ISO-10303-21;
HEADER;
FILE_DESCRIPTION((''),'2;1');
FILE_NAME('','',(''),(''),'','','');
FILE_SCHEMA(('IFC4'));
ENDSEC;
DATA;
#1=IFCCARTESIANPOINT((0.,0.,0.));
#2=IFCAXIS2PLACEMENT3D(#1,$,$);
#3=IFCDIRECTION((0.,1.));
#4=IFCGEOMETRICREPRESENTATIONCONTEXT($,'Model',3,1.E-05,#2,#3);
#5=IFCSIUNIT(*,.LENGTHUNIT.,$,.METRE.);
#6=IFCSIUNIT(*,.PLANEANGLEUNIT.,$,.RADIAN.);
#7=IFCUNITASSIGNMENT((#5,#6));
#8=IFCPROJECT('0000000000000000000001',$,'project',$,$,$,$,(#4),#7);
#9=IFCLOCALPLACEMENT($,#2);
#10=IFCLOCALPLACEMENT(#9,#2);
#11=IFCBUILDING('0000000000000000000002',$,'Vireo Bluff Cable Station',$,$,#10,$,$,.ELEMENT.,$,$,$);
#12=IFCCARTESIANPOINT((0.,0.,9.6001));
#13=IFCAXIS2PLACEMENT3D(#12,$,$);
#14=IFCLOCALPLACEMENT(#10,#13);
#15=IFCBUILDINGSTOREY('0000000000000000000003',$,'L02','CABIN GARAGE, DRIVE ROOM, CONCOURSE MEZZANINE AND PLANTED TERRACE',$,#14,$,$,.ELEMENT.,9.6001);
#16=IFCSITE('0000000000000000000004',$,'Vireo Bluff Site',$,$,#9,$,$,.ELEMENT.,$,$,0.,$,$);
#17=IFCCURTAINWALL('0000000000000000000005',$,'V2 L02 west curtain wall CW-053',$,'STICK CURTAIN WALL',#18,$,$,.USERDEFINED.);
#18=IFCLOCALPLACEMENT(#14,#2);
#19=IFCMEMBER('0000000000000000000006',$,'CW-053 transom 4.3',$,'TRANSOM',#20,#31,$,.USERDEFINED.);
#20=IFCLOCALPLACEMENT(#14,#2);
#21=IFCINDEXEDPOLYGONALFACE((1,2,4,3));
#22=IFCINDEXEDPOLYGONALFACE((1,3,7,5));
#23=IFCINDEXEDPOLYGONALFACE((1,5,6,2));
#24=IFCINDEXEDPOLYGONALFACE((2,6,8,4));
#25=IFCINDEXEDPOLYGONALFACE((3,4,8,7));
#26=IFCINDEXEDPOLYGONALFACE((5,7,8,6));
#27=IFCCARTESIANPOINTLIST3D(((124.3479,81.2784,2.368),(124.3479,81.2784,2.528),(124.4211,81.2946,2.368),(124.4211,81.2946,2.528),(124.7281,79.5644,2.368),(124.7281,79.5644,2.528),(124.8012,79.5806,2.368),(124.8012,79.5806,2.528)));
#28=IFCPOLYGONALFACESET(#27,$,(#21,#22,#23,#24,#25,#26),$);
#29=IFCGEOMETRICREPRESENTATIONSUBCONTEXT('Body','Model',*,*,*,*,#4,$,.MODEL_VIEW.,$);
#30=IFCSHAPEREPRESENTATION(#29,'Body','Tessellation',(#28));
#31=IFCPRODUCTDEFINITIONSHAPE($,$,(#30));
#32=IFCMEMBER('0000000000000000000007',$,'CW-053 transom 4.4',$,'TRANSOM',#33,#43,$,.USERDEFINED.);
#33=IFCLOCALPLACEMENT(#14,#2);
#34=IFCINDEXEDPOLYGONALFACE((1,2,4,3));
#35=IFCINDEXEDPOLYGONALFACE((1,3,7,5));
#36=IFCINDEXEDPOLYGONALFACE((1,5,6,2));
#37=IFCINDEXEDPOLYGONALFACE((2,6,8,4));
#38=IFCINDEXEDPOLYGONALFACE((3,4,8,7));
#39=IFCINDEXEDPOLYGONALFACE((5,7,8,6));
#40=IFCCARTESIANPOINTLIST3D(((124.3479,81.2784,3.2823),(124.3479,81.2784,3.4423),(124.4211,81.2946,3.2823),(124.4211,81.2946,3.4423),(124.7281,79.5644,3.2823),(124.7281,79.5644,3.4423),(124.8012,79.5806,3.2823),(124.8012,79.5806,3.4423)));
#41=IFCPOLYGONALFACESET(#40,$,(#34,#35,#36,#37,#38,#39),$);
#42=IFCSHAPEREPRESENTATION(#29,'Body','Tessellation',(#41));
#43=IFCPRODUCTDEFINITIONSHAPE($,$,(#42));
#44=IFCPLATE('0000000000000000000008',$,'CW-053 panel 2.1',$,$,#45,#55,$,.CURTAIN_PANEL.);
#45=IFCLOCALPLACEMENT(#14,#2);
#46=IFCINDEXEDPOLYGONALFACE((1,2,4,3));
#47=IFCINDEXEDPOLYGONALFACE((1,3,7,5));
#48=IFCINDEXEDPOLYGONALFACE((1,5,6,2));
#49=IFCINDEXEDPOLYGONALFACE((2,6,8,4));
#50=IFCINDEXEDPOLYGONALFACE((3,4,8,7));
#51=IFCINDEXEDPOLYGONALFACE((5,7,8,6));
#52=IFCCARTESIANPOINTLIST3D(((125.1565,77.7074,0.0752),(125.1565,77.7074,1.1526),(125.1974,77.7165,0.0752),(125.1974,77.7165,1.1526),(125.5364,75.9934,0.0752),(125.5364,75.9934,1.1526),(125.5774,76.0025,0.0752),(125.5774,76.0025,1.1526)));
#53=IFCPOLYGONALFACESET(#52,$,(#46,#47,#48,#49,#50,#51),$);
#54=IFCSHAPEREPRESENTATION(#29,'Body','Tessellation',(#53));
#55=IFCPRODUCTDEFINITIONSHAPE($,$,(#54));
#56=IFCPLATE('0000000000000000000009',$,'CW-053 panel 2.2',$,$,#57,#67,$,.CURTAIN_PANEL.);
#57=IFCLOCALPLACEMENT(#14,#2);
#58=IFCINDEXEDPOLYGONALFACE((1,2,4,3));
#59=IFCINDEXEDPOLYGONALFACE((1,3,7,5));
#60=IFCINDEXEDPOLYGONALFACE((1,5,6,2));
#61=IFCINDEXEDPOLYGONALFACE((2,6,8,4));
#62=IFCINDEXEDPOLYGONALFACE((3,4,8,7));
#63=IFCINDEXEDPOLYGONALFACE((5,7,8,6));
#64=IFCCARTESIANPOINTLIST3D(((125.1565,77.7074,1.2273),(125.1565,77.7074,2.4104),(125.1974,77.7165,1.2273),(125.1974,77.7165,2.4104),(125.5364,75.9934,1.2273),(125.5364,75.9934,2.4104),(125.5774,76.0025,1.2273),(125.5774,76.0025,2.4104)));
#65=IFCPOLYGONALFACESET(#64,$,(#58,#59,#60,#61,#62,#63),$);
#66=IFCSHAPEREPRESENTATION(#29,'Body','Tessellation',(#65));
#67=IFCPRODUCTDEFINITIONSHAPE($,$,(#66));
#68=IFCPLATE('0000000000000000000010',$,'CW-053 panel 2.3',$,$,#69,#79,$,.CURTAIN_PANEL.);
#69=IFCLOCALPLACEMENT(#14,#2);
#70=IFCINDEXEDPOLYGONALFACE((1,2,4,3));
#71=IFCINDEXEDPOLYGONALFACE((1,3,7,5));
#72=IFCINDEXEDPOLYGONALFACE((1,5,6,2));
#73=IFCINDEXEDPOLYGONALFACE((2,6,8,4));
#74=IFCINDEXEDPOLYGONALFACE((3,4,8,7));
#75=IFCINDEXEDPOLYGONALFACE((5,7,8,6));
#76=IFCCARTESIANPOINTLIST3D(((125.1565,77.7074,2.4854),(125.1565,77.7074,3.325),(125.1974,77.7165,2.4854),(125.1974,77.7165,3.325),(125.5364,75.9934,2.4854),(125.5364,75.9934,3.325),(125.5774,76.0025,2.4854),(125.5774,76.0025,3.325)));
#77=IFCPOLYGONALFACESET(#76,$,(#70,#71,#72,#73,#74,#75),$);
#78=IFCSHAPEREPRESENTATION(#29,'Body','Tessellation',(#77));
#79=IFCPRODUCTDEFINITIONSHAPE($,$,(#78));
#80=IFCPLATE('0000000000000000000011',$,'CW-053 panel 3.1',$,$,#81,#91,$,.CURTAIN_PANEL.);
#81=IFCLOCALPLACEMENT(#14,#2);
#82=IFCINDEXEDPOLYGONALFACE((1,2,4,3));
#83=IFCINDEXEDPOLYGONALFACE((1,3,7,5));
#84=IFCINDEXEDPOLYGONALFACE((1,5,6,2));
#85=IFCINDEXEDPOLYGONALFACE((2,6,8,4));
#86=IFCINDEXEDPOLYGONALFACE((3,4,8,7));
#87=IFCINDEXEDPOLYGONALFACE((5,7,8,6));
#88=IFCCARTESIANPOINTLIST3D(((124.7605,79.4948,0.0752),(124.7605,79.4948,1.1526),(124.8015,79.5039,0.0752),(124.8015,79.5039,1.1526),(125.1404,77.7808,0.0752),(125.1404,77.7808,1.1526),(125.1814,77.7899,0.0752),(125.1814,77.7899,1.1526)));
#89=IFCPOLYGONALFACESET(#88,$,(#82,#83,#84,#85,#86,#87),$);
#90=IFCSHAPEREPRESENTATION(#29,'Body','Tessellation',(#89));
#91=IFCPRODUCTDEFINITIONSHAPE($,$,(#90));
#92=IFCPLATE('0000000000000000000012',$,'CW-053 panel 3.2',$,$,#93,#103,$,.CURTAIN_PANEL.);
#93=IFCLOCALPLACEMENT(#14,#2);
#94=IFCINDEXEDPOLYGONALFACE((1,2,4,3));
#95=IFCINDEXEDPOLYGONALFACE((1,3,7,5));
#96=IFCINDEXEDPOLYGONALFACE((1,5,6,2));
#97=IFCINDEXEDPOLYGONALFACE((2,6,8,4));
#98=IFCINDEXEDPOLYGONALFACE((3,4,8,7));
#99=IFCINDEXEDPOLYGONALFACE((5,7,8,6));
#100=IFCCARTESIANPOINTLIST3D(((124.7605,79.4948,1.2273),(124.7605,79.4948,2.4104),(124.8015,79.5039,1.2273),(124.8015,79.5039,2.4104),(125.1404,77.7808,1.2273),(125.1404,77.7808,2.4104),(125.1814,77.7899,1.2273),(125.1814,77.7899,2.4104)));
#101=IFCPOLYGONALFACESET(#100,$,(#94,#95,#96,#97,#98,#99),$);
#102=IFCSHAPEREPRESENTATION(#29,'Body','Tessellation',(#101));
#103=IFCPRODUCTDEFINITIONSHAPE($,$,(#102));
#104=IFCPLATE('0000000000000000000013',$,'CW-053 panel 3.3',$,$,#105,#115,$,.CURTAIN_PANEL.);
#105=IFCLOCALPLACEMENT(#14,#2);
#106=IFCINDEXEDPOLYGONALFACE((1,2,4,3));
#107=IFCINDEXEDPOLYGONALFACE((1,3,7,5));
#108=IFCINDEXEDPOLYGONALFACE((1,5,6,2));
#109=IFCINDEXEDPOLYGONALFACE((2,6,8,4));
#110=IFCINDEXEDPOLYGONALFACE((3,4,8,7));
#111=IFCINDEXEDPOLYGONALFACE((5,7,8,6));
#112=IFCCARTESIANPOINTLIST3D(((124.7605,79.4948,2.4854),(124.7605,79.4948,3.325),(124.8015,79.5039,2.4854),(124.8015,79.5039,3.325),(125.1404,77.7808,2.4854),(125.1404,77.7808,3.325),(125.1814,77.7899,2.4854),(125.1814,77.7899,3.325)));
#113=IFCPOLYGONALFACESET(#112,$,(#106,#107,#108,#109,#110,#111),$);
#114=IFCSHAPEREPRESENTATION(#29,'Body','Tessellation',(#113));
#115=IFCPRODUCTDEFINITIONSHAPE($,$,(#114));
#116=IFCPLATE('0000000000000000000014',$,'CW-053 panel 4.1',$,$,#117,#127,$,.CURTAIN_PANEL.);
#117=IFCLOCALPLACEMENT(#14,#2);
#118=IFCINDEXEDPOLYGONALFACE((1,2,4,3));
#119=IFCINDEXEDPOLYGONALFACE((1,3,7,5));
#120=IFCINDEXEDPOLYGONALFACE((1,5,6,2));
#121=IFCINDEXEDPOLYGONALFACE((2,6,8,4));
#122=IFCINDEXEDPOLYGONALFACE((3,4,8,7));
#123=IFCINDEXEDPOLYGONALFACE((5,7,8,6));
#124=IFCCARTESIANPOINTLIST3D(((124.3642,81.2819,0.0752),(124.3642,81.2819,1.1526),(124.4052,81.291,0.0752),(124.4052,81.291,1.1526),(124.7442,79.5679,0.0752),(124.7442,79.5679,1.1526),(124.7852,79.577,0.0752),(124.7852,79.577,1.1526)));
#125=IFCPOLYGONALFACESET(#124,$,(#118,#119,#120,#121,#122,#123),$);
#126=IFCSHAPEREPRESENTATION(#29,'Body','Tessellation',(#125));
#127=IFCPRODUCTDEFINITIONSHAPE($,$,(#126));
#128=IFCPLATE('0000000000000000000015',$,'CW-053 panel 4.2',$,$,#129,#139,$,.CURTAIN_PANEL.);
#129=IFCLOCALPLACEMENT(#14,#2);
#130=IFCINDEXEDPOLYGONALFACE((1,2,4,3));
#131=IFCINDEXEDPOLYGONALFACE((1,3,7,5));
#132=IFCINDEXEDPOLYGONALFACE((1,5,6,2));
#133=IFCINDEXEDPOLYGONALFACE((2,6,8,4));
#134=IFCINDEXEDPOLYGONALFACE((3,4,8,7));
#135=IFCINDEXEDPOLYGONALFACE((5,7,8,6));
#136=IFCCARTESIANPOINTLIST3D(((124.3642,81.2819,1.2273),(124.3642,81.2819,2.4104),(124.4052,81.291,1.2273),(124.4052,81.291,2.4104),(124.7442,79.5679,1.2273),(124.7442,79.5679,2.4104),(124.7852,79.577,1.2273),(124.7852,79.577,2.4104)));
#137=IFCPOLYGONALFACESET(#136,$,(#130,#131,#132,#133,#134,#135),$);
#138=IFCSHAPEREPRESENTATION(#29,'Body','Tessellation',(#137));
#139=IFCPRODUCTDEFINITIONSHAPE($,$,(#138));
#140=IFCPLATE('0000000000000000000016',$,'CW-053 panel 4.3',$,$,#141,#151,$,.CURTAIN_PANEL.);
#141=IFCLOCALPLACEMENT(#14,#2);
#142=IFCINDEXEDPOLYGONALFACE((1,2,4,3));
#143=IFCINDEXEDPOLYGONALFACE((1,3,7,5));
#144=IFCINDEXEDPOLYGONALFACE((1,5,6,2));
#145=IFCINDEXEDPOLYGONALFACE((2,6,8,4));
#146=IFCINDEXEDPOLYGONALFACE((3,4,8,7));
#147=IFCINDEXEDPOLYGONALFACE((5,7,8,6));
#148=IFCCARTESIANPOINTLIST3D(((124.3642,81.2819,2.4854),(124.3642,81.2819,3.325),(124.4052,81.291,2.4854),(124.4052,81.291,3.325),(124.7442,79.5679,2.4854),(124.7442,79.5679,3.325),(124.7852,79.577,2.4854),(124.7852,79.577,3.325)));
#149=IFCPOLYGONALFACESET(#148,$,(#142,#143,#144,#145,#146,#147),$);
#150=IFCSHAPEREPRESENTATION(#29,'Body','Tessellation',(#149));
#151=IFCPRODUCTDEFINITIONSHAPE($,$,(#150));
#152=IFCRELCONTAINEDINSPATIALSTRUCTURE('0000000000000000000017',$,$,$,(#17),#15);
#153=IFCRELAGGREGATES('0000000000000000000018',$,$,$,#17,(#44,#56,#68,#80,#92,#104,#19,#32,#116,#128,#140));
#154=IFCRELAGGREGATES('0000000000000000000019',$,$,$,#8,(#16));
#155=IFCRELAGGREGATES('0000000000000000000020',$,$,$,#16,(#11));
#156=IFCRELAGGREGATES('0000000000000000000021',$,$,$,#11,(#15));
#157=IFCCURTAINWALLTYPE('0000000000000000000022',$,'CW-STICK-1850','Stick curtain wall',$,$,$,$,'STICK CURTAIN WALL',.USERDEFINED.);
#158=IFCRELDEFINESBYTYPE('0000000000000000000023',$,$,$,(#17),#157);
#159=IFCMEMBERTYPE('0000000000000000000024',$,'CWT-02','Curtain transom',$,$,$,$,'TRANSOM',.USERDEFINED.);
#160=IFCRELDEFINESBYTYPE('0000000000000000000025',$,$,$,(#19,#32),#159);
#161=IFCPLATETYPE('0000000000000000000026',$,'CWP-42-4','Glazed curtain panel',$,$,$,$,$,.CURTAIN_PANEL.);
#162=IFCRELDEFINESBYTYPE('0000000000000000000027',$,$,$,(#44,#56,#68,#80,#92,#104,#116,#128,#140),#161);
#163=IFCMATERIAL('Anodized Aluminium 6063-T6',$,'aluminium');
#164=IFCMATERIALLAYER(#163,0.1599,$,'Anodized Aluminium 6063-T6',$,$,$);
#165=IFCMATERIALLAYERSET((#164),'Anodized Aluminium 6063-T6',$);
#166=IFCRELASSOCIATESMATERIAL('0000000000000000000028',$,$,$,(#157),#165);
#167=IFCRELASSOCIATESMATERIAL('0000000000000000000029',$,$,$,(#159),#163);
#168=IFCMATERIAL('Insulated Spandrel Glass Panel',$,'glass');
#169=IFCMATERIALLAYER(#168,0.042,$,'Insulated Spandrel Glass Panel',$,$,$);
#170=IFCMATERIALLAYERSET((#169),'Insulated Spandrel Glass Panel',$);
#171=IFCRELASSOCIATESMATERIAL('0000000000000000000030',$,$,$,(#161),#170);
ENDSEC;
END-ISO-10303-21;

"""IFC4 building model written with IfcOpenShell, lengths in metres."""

from ifc_helpers import new_model, si_unit, direction, frame, origin, origin_2d, place, context, subcontext, project, spatial, rectangle, extrude, material, layer, layer_set, material_profile, profile_set, type_object, element, aggregate, save


model = new_model("IFC4")

# Units and contexts
model_context = context("Model", 3, precision=1e-05, world=origin(), true_north=direction((0.0, 1.0)))
body_context = subcontext(model_context, "Body", "Model", "MODEL_VIEW")
ifc_project = project(units=[si_unit("LENGTHUNIT", "METRE"), si_unit("PLANEANGLEUNIT", "RADIAN")], contexts=[model_context])

# Site, building, storey
site_placement = place(None, origin())
site = spatial("IfcSite", under=ifc_project, at=site_placement, Name="Vireo Bluff Site", CompositionType="ELEMENT", RefElevation=0.0)
building_placement = place(site_placement, origin())
building = spatial("IfcBuilding", under=site, at=building_placement, Name="Vireo Bluff Cable Station", CompositionType="ELEMENT")
storey_placement = place(building_placement, frame((0.0, 0.0, 9.6001)))
storey = spatial("IfcBuildingStorey", under=building, at=storey_placement, Name="L02", Description="CABIN GARAGE, DRIVE ROOM, CONCOURSE MEZZANINE AND PLANTED TERRACE", CompositionType="ELEMENT", Elevation=9.6001)

# Curtain wall
ifc_material_1 = material(Name="Anodized Aluminium 6063-T6", Category="aluminium")
ifc_layer_1 = layer(ifc_material_1, 0.1599, Name="Anodized Aluminium 6063-T6")
ifc_layer_set_1 = layer_set([ifc_layer_1], Name="Anodized Aluminium 6063-T6")
curtain_wall_type_1 = type_object("IfcCurtainWallType", Name="CW-STICK-1850", Description="Stick curtain wall", ElementType="STICK CURTAIN WALL", PredefinedType="USERDEFINED", material=ifc_layer_set_1)
curtain_wall_1_placement = place(storey_placement, origin())
curtain_wall_1 = element("IfcCurtainWall", 1, at=curtain_wall_1_placement, inside=storey, type_object=curtain_wall_type_1, Name="V2 L02 west curtain wall CW-053", ObjectType="STICK CURTAIN WALL", PredefinedType="USERDEFINED")

# Members
ifc_material_profile_1 = material_profile(ifc_material_1, rectangle(XDim=0.075, YDim=0.1599, at=origin_2d()), Name="ALU-T-75X160")
ifc_profile_set_1 = profile_set([ifc_material_profile_1], Name="Anodized Aluminium 6063-T6")
member_type_1 = type_object("IfcMemberType", Name="CWT-02", Description="Curtain transom", ElementType="TRANSOM", PredefinedType="USERDEFINED", material=ifc_profile_set_1)
member_1_placement = place(storey_placement, frame((124.7646, 79.5725, 2.448), z_axis=(-0.216533, 0.976275, 0.0), x_axis=(-0.976275, -0.216533, 0.0)))
member_1 = element("IfcMember", 2, at=member_1_placement, type_object=member_type_1, Name="CW-053 transom 4.3", ObjectType="TRANSOM", PredefinedType="USERDEFINED", context=body_context, shape_type="SweptSolid", body=[
    extrude(rectangle(XDim=0.075, YDim=0.1599, at=origin_2d()), origin(), (0.0, 0.0, 1.0), 1.7556),
])
member_2_placement = place(storey_placement, frame((124.7646, 79.5725, 3.3623), z_axis=(-0.216533, 0.976275, 0.0), x_axis=(-0.976275, -0.216533, 0.0)))
member_2 = element("IfcMember", 3, at=member_2_placement, type_object=member_type_1, Name="CW-053 transom 4.4", ObjectType="TRANSOM", PredefinedType="USERDEFINED", context=body_context, shape_type="SweptSolid", body=[
    extrude(rectangle(XDim=0.075, YDim=0.1599, at=origin_2d()), origin(), (0.0, 0.0, 1.0), 1.7556),
])

# Plates
ifc_material_2 = material(Name="Insulated Spandrel Glass Panel", Category="glass")
ifc_layer_2 = layer(ifc_material_2, 0.042, Name="Insulated Spandrel Glass Panel")
ifc_layer_set_2 = layer_set([ifc_layer_2], Name="Insulated Spandrel Glass Panel")
plate_type = type_object("IfcPlateType", Name="CWP-42-4", Description="Glazed curtain panel", PredefinedType="CURTAIN_PANEL", material=ifc_layer_set_2)
plate_1_placement = place(storey_placement, frame((125.3669, 76.855, 0.0752), z_axis=(0.0, 0.0, 1.0), x_axis=(-0.21644, 0.976296, 0.0)))
plate_1 = element("IfcPlate", 4, at=plate_1_placement, type_object=plate_type, Name="CW-053 panel 2.1", PredefinedType="CURTAIN_PANEL", context=body_context, shape_type="SweptSolid", body=[
    extrude(rectangle(XDim=1.7556, YDim=0.042, at=origin_2d()), origin(), (0.0, 0.0, 1.0), 1.0774),
])
plate_2_placement = place(storey_placement, frame((125.3669, 76.855, 1.2273), z_axis=(0.0, 0.0, 1.0), x_axis=(-0.21644, 0.976296, 0.0)))
plate_2 = element("IfcPlate", 5, at=plate_2_placement, type_object=plate_type, Name="CW-053 panel 2.2", PredefinedType="CURTAIN_PANEL", context=body_context, shape_type="SweptSolid", body=[
    extrude(rectangle(XDim=1.7556, YDim=0.042, at=origin_2d()), origin(), (0.0, 0.0, 1.0), 1.1831),
])
plate_3_placement = place(storey_placement, frame((125.3669, 76.855, 2.4854), z_axis=(0.0, 0.0, 1.0), x_axis=(-0.21644, 0.976296, 0.0)))
plate_3 = element("IfcPlate", 6, at=plate_3_placement, type_object=plate_type, Name="CW-053 panel 2.3", PredefinedType="CURTAIN_PANEL", context=body_context, shape_type="SweptSolid", body=[
    extrude(rectangle(XDim=1.7556, YDim=0.042, at=origin_2d()), origin(), (0.0, 0.0, 1.0), 0.8396),
])
plate_4_placement = place(storey_placement, frame((124.9709, 78.6423, 0.0752), z_axis=(0.0, 0.0, 1.0), x_axis=(-0.21644, 0.976296, 0.0)))
plate_4 = element("IfcPlate", 7, at=plate_4_placement, type_object=plate_type, Name="CW-053 panel 3.1", PredefinedType="CURTAIN_PANEL", context=body_context, shape_type="SweptSolid", body=[
    extrude(rectangle(XDim=1.7556, YDim=0.042, at=origin_2d()), origin(), (0.0, 0.0, 1.0), 1.0774),
])
plate_5_placement = place(storey_placement, frame((124.9709, 78.6423, 1.2273), z_axis=(0.0, 0.0, 1.0), x_axis=(-0.21644, 0.976296, 0.0)))
plate_5 = element("IfcPlate", 8, at=plate_5_placement, type_object=plate_type, Name="CW-053 panel 3.2", PredefinedType="CURTAIN_PANEL", context=body_context, shape_type="SweptSolid", body=[
    extrude(rectangle(XDim=1.7556, YDim=0.042, at=origin_2d()), origin(), (0.0, 0.0, 1.0), 1.1831),
])
plate_6_placement = place(storey_placement, frame((124.9709, 78.6423, 2.4854), z_axis=(0.0, 0.0, 1.0), x_axis=(-0.21644, 0.976296, 0.0)))
plate_6 = element("IfcPlate", 9, at=plate_6_placement, type_object=plate_type, Name="CW-053 panel 3.3", PredefinedType="CURTAIN_PANEL", context=body_context, shape_type="SweptSolid", body=[
    extrude(rectangle(XDim=1.7556, YDim=0.042, at=origin_2d()), origin(), (0.0, 0.0, 1.0), 0.8396),
])
plate_7_placement = place(storey_placement, frame((124.5747, 80.4294, 0.0752), z_axis=(0.0, 0.0, 1.0), x_axis=(-0.21644, 0.976296, 0.0)))
plate_7 = element("IfcPlate", 10, at=plate_7_placement, type_object=plate_type, Name="CW-053 panel 4.1", PredefinedType="CURTAIN_PANEL", context=body_context, shape_type="SweptSolid", body=[
    extrude(rectangle(XDim=1.7556, YDim=0.042, at=origin_2d()), origin(), (0.0, 0.0, 1.0), 1.0774),
])
plate_8_placement = place(storey_placement, frame((124.5747, 80.4294, 1.2273), z_axis=(0.0, 0.0, 1.0), x_axis=(-0.21644, 0.976296, 0.0)))
plate_8 = element("IfcPlate", 11, at=plate_8_placement, type_object=plate_type, Name="CW-053 panel 4.2", PredefinedType="CURTAIN_PANEL", context=body_context, shape_type="SweptSolid", body=[
    extrude(rectangle(XDim=1.7556, YDim=0.042, at=origin_2d()), origin(), (0.0, 0.0, 1.0), 1.1831),
])
plate_9_placement = place(storey_placement, frame((124.5747, 80.4294, 2.4854), z_axis=(0.0, 0.0, 1.0), x_axis=(-0.21644, 0.976296, 0.0)))
plate_9 = element("IfcPlate", 12, at=plate_9_placement, type_object=plate_type, Name="CW-053 panel 4.3", PredefinedType="CURTAIN_PANEL", context=body_context, shape_type="SweptSolid", body=[
    extrude(rectangle(XDim=1.7556, YDim=0.042, at=origin_2d()), origin(), (0.0, 0.0, 1.0), 0.8396),
])
aggregate(curtain_wall_1, [plate_1, plate_2, plate_3, plate_4, plate_5, plate_6, member_1, member_2, plate_7, plate_8, plate_9])

save(model, "model.ifc")
